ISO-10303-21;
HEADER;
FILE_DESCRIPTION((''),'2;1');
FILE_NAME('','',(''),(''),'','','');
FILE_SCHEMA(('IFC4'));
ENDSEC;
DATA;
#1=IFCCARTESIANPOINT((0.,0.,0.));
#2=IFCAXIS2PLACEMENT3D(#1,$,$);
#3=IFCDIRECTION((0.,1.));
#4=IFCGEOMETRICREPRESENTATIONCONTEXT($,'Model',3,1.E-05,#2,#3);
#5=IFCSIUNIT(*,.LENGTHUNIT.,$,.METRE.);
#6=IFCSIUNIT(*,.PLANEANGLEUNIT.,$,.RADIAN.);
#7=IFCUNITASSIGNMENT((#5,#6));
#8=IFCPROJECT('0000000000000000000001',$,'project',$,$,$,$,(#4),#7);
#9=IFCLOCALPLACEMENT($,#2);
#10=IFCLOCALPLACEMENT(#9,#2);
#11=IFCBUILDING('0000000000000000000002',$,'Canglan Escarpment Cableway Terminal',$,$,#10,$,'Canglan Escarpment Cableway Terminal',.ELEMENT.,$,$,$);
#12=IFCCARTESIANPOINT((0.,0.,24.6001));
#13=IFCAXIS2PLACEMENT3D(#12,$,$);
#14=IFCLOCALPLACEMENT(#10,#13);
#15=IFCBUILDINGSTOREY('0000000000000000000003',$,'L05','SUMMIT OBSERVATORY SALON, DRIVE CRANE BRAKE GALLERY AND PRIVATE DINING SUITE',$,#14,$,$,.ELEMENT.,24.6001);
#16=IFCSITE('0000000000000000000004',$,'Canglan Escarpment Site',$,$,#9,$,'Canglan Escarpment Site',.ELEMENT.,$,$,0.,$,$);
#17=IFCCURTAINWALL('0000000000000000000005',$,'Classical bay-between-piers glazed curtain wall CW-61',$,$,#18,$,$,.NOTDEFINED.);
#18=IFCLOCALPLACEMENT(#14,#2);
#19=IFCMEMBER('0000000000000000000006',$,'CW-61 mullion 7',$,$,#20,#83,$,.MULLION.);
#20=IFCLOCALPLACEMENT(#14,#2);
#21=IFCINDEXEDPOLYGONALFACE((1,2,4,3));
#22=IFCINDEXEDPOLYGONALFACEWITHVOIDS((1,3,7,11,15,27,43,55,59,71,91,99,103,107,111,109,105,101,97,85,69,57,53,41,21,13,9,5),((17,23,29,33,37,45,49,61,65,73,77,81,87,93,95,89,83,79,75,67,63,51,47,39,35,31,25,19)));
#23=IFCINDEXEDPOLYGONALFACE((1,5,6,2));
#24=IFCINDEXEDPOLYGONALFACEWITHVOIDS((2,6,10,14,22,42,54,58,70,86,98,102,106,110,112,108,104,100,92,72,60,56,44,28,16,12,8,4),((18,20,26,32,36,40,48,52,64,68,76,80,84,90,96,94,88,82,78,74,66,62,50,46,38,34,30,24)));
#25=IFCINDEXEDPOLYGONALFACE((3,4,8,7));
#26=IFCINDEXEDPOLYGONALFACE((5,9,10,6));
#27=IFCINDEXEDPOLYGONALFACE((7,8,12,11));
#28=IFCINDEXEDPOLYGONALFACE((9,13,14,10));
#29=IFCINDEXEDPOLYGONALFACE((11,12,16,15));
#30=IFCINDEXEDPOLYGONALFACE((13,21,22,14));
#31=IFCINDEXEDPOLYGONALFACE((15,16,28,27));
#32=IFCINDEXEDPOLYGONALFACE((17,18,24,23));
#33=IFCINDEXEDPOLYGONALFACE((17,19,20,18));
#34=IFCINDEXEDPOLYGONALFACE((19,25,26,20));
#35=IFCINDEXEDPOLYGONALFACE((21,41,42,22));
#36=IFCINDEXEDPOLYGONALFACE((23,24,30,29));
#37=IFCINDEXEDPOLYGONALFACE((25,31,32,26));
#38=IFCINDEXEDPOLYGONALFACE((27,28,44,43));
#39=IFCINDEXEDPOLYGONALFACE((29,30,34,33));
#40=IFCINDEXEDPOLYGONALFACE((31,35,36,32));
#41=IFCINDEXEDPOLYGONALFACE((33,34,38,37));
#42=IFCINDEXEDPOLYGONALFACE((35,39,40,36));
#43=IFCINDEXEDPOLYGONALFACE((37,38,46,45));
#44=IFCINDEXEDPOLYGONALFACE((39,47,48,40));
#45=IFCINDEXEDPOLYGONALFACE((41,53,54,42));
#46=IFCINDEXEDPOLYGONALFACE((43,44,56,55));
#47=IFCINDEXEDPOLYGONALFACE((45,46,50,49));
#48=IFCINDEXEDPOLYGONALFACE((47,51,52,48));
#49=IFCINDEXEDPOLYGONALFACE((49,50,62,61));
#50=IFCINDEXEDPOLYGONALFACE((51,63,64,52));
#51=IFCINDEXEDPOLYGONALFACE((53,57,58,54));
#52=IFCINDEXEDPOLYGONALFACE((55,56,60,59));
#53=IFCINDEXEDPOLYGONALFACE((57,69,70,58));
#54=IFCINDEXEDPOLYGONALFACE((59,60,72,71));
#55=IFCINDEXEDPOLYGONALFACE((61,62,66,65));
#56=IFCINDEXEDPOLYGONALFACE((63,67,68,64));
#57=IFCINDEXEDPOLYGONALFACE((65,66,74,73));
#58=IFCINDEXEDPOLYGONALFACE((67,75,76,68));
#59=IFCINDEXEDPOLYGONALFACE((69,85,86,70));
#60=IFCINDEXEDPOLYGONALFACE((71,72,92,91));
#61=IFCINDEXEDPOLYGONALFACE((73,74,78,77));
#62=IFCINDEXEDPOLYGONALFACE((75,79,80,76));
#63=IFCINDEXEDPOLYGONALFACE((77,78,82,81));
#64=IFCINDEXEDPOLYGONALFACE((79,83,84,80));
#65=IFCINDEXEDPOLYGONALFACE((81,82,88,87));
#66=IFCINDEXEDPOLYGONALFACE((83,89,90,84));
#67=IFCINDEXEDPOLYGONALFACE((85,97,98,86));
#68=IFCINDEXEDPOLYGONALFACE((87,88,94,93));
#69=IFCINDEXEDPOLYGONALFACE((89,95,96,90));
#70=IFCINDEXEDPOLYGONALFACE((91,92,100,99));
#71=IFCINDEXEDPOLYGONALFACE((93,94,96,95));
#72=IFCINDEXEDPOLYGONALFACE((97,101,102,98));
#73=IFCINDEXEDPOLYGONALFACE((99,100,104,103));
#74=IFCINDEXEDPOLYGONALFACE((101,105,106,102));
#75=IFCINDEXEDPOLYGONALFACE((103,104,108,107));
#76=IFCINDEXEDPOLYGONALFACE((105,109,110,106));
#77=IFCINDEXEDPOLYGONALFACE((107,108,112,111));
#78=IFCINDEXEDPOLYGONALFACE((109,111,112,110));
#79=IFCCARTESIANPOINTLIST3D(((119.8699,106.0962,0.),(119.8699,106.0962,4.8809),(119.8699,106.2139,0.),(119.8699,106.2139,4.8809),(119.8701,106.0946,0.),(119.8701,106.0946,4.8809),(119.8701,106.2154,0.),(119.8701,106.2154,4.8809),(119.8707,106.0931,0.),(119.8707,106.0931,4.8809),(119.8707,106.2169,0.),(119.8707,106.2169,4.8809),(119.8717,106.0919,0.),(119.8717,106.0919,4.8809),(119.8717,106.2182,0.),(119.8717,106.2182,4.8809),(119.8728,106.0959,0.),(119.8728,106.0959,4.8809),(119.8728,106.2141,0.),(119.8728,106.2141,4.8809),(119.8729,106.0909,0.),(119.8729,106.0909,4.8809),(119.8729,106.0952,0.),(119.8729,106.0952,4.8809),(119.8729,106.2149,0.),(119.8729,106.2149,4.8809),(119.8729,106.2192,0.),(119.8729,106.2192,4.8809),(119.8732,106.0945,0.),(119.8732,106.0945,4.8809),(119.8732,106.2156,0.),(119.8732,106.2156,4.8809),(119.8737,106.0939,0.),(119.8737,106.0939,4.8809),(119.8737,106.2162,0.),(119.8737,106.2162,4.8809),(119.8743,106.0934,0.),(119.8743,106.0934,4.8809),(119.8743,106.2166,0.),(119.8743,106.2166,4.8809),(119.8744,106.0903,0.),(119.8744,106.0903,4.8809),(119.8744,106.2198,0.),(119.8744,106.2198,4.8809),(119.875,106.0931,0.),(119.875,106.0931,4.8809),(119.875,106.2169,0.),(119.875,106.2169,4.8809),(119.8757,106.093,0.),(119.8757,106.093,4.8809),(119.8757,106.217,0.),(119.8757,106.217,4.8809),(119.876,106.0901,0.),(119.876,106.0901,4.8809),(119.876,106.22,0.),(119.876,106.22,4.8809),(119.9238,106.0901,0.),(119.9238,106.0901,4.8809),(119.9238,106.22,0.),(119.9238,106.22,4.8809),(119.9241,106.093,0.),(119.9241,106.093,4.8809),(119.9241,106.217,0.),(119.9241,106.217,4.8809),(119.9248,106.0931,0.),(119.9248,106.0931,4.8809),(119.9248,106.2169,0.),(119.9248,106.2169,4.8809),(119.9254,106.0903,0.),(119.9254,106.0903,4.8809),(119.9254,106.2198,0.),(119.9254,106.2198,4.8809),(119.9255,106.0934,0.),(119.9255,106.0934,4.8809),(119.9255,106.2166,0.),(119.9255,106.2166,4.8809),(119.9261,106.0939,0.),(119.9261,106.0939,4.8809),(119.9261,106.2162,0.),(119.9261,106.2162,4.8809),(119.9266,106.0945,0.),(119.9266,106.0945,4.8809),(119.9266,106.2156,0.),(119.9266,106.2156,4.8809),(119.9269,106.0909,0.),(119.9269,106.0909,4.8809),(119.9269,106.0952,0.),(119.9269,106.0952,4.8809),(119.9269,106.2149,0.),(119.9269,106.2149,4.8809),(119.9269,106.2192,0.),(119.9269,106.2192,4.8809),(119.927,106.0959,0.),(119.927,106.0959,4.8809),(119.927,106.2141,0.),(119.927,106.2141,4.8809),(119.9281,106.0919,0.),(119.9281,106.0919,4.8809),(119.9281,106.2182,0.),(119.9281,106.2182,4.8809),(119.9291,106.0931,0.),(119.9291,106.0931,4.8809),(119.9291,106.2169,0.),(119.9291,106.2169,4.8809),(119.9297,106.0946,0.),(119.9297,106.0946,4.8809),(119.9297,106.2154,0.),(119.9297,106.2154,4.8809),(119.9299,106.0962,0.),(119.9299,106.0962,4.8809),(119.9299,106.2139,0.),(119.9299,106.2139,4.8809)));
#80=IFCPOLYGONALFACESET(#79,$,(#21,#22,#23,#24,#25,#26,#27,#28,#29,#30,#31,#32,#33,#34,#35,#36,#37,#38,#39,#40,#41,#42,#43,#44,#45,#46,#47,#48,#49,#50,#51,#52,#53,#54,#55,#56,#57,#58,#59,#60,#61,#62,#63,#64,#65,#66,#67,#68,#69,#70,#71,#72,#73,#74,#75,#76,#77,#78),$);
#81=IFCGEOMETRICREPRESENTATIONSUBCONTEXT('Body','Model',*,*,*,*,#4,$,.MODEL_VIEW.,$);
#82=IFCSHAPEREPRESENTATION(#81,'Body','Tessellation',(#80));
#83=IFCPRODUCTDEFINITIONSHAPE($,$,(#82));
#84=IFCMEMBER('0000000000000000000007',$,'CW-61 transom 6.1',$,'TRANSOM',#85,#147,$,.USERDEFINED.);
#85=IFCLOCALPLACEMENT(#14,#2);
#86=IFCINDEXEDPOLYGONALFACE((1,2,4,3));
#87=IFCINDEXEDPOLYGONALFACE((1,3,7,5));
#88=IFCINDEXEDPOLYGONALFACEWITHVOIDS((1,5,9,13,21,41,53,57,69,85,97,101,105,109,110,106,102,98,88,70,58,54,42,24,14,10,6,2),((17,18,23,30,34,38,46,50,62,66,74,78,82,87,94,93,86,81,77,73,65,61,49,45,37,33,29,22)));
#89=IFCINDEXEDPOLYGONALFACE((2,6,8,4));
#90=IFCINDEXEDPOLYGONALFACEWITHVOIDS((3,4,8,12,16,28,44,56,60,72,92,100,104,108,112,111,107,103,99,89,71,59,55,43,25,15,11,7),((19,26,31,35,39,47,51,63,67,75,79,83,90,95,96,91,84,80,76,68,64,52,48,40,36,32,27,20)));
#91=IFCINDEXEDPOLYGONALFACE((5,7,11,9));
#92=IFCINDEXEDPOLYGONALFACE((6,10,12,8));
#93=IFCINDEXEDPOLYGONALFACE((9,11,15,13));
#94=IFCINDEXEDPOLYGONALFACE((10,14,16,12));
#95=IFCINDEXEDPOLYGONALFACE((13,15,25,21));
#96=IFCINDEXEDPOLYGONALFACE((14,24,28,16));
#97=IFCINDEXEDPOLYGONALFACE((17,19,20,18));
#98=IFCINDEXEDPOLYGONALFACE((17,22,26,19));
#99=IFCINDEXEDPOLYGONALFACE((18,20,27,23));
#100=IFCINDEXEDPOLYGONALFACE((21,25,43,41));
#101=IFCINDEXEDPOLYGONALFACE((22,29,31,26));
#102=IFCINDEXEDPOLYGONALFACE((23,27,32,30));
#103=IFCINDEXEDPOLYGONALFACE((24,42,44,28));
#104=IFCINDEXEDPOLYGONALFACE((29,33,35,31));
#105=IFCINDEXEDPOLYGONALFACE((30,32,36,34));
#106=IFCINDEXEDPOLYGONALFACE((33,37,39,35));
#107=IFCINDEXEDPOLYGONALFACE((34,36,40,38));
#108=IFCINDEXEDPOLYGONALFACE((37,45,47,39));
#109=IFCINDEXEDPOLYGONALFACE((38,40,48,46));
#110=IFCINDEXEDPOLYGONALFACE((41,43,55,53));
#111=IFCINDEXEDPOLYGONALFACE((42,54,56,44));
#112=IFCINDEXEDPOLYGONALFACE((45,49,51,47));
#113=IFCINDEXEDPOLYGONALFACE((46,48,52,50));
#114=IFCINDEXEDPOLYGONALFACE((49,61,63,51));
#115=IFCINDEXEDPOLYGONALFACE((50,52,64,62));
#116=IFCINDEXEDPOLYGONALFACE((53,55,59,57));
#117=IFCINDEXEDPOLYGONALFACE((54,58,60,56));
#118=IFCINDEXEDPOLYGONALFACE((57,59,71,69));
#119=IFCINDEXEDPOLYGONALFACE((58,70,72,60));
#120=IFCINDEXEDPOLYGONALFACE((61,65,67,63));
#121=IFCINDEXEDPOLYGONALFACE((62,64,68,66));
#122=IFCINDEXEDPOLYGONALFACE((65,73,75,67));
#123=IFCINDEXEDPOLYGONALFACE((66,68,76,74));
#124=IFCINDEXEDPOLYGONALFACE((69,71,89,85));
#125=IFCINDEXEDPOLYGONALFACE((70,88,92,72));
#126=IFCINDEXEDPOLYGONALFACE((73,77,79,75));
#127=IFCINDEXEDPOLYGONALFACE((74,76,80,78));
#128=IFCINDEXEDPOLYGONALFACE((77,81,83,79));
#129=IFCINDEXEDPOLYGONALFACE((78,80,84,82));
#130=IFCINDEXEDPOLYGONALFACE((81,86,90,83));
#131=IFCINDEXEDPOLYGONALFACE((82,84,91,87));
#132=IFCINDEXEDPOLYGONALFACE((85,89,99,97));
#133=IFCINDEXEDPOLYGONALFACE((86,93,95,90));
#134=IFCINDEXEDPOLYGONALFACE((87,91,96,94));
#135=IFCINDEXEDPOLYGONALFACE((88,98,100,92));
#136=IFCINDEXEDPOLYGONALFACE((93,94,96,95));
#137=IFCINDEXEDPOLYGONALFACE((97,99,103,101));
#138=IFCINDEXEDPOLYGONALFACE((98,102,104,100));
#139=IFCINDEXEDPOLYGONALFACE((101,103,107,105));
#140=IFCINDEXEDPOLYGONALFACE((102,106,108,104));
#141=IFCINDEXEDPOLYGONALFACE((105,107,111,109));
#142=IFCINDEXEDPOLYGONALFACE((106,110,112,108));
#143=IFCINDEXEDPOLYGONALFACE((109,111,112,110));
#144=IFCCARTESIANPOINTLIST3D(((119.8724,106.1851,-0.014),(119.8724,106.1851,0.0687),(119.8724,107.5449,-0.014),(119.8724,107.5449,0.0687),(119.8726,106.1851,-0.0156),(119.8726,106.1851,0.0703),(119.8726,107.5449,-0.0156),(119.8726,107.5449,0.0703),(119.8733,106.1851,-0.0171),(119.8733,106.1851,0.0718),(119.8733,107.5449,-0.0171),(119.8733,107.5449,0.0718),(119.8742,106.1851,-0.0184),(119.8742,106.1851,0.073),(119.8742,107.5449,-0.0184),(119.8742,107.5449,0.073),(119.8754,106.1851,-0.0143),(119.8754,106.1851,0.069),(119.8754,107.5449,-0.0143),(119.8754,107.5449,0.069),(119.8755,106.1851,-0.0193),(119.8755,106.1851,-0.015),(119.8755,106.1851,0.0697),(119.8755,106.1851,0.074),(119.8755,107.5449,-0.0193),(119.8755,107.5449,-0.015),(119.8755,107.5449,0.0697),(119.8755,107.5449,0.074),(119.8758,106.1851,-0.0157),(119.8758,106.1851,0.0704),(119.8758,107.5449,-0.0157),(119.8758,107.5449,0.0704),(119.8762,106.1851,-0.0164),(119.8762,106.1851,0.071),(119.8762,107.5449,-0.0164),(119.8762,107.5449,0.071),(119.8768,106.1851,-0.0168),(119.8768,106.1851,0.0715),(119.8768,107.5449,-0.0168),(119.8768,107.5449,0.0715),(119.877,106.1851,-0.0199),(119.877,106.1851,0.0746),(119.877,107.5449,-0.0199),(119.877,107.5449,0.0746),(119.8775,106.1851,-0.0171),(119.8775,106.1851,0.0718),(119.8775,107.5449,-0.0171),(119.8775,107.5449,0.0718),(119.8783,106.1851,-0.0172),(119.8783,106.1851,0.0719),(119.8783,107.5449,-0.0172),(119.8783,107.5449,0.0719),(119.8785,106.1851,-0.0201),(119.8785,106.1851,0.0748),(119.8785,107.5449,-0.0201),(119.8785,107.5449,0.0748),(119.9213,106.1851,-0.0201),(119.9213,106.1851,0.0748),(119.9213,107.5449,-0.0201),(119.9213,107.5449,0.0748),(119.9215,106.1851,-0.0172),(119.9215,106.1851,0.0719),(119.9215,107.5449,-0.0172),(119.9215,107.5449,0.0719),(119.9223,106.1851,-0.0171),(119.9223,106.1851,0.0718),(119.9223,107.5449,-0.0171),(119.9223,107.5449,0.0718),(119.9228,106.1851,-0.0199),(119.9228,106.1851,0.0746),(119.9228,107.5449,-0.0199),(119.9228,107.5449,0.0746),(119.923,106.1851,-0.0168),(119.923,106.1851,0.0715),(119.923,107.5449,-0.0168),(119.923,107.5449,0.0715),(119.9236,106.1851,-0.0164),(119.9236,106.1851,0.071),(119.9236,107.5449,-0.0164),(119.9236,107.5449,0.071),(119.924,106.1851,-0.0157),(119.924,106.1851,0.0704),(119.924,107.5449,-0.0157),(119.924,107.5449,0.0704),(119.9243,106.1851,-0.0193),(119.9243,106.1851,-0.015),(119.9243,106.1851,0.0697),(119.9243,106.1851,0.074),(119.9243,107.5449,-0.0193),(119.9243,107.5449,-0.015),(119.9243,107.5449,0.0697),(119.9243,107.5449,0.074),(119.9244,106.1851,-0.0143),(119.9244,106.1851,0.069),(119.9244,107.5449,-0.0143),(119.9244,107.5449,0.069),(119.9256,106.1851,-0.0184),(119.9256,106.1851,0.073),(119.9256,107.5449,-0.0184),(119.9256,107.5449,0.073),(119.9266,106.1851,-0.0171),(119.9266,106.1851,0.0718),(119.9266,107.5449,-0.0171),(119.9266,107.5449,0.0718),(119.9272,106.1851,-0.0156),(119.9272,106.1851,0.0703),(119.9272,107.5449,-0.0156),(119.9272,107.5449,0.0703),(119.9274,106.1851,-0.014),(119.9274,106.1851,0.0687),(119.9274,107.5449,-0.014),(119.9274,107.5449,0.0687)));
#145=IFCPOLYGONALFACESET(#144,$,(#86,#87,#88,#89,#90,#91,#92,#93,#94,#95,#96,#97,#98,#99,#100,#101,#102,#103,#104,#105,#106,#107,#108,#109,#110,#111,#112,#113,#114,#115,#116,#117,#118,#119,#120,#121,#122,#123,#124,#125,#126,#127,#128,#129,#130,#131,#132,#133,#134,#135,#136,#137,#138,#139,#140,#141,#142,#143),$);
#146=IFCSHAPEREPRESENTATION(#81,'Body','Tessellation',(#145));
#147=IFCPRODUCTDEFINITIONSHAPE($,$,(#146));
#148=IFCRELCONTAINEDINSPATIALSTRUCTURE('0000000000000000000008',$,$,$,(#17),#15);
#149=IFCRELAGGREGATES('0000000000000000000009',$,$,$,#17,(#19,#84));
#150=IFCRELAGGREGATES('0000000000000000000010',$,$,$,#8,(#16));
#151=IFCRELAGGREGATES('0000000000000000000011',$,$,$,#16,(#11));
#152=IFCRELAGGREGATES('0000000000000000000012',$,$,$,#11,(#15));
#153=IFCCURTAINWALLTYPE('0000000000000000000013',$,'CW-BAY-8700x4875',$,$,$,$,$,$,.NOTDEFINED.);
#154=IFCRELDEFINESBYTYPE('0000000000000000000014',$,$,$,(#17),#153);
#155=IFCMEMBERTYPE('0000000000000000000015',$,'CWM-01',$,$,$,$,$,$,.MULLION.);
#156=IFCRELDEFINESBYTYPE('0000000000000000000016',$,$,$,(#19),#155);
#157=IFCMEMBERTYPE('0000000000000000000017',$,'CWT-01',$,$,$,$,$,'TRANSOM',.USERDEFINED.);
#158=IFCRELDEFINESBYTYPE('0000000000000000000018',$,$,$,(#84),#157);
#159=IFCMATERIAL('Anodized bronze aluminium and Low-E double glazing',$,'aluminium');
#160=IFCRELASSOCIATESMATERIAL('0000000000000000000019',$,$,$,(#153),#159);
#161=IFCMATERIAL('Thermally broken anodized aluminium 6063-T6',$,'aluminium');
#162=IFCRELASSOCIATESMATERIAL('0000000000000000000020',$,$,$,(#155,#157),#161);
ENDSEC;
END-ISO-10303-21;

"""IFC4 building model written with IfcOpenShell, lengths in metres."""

from ifc_helpers import new_model, si_unit, direction, frame, origin, origin_2d, place, context, subcontext, project, spatial, hollow_rectangle, extrude, material, material_profile, profile_set, type_object, element, aggregate, save


model = new_model("IFC4")

# Units and contexts
model_context = context("Model", 3, precision=1e-05, world=origin(), true_north=direction((0.0, 1.0)))
body_context = subcontext(model_context, "Body", "Model", "MODEL_VIEW")
ifc_project = project(units=[si_unit("LENGTHUNIT", "METRE"), si_unit("PLANEANGLEUNIT", "RADIAN")], contexts=[model_context])

# Site, building, storey
site_placement = place(None, origin())
site = spatial("IfcSite", under=ifc_project, at=site_placement, Name="Canglan Escarpment Site", LongName="Canglan Escarpment Site", CompositionType="ELEMENT", RefElevation=0.0)
building_placement = place(site_placement, origin())
building = spatial("IfcBuilding", under=site, at=building_placement, Name="Canglan Escarpment Cableway Terminal", LongName="Canglan Escarpment Cableway Terminal", CompositionType="ELEMENT")
storey_placement = place(building_placement, frame((0.0, 0.0, 24.6001)))
storey = spatial("IfcBuildingStorey", under=building, at=storey_placement, Name="L05", Description="SUMMIT OBSERVATORY SALON, DRIVE CRANE BRAKE GALLERY AND PRIVATE DINING SUITE", CompositionType="ELEMENT", Elevation=24.6001)

# Curtain wall, members
ifc_material_1 = material(Name="Anodized bronze aluminium and Low-E double glazing", Category="aluminium")
curtain_wall_type = type_object("IfcCurtainWallType", Name="CW-BAY-8700x4875", PredefinedType="NOTDEFINED", material=ifc_material_1)
curtain_wall_placement = place(storey_placement, origin())
curtain_wall = element("IfcCurtainWall", 1, at=curtain_wall_placement, inside=storey, type_object=curtain_wall_type, Name="Classical bay-between-piers glazed curtain wall CW-61", PredefinedType="NOTDEFINED")
ifc_material_2 = material(Name="Thermally broken anodized aluminium 6063-T6", Category="aluminium")
ifc_material_profile_1 = material_profile(ifc_material_2, hollow_rectangle(XDim=0.0601, YDim=0.1299, WallThickness=0.0029, InnerFilletRadius=0.0029, OuterFilletRadius=0.0061, at=origin_2d()), Name="ALU-MULL 60x130x3")
ifc_profile_set_1 = profile_set([ifc_material_profile_1], Name="Thermally broken anodized aluminium 6063-T6")
member_type_1 = type_object("IfcMemberType", Name="CWM-01", PredefinedType="MULLION", material=ifc_profile_set_1)
member_1_placement = place(storey_placement, frame((119.8999, 106.155, 0.0), z_axis=(0.0, 0.0, 1.0), x_axis=(1.0, 0.0, 0.0)))
member_1 = element("IfcMember", 2, at=member_1_placement, type_object=member_type_1, Name="CW-61 mullion 7", PredefinedType="MULLION", context=body_context, shape_type="SweptSolid", body=[
    extrude(hollow_rectangle(XDim=0.0601, YDim=0.1299, WallThickness=0.0029, InnerFilletRadius=0.0029, OuterFilletRadius=0.0061, at=origin_2d()), origin(), (0.0, 0.0, 1.0), 4.8809),
])
ifc_material_profile_2 = material_profile(ifc_material_2, hollow_rectangle(XDim=0.0549, YDim=0.095, WallThickness=0.0029, InnerFilletRadius=0.0029, OuterFilletRadius=0.0061, at=origin_2d()), Name="ALU-TRAN 55x95x3")
ifc_profile_set_2 = profile_set([ifc_material_profile_2], Name="Thermally broken anodized aluminium 6063-T6")
member_type_2 = type_object("IfcMemberType", Name="CWT-01", ElementType="TRANSOM", PredefinedType="USERDEFINED", material=ifc_profile_set_2)
member_2_placement = place(storey_placement, frame((119.8999, 107.5449, 0.0273), z_axis=(0.0, -1.0, 0.0), x_axis=(1.0, 0.0, 0.0)))
member_2 = element("IfcMember", 3, at=member_2_placement, type_object=member_type_2, Name="CW-61 transom 6.1", ObjectType="TRANSOM", PredefinedType="USERDEFINED", context=body_context, shape_type="SweptSolid", body=[
    extrude(hollow_rectangle(XDim=0.0549, YDim=0.095, WallThickness=0.0029, InnerFilletRadius=0.0029, OuterFilletRadius=0.0061, at=origin_2d()), origin(), (0.0, 0.0, 1.0), 1.3599),
])
aggregate(curtain_wall, [member_1, member_2])

save(model, "model.ifc")
